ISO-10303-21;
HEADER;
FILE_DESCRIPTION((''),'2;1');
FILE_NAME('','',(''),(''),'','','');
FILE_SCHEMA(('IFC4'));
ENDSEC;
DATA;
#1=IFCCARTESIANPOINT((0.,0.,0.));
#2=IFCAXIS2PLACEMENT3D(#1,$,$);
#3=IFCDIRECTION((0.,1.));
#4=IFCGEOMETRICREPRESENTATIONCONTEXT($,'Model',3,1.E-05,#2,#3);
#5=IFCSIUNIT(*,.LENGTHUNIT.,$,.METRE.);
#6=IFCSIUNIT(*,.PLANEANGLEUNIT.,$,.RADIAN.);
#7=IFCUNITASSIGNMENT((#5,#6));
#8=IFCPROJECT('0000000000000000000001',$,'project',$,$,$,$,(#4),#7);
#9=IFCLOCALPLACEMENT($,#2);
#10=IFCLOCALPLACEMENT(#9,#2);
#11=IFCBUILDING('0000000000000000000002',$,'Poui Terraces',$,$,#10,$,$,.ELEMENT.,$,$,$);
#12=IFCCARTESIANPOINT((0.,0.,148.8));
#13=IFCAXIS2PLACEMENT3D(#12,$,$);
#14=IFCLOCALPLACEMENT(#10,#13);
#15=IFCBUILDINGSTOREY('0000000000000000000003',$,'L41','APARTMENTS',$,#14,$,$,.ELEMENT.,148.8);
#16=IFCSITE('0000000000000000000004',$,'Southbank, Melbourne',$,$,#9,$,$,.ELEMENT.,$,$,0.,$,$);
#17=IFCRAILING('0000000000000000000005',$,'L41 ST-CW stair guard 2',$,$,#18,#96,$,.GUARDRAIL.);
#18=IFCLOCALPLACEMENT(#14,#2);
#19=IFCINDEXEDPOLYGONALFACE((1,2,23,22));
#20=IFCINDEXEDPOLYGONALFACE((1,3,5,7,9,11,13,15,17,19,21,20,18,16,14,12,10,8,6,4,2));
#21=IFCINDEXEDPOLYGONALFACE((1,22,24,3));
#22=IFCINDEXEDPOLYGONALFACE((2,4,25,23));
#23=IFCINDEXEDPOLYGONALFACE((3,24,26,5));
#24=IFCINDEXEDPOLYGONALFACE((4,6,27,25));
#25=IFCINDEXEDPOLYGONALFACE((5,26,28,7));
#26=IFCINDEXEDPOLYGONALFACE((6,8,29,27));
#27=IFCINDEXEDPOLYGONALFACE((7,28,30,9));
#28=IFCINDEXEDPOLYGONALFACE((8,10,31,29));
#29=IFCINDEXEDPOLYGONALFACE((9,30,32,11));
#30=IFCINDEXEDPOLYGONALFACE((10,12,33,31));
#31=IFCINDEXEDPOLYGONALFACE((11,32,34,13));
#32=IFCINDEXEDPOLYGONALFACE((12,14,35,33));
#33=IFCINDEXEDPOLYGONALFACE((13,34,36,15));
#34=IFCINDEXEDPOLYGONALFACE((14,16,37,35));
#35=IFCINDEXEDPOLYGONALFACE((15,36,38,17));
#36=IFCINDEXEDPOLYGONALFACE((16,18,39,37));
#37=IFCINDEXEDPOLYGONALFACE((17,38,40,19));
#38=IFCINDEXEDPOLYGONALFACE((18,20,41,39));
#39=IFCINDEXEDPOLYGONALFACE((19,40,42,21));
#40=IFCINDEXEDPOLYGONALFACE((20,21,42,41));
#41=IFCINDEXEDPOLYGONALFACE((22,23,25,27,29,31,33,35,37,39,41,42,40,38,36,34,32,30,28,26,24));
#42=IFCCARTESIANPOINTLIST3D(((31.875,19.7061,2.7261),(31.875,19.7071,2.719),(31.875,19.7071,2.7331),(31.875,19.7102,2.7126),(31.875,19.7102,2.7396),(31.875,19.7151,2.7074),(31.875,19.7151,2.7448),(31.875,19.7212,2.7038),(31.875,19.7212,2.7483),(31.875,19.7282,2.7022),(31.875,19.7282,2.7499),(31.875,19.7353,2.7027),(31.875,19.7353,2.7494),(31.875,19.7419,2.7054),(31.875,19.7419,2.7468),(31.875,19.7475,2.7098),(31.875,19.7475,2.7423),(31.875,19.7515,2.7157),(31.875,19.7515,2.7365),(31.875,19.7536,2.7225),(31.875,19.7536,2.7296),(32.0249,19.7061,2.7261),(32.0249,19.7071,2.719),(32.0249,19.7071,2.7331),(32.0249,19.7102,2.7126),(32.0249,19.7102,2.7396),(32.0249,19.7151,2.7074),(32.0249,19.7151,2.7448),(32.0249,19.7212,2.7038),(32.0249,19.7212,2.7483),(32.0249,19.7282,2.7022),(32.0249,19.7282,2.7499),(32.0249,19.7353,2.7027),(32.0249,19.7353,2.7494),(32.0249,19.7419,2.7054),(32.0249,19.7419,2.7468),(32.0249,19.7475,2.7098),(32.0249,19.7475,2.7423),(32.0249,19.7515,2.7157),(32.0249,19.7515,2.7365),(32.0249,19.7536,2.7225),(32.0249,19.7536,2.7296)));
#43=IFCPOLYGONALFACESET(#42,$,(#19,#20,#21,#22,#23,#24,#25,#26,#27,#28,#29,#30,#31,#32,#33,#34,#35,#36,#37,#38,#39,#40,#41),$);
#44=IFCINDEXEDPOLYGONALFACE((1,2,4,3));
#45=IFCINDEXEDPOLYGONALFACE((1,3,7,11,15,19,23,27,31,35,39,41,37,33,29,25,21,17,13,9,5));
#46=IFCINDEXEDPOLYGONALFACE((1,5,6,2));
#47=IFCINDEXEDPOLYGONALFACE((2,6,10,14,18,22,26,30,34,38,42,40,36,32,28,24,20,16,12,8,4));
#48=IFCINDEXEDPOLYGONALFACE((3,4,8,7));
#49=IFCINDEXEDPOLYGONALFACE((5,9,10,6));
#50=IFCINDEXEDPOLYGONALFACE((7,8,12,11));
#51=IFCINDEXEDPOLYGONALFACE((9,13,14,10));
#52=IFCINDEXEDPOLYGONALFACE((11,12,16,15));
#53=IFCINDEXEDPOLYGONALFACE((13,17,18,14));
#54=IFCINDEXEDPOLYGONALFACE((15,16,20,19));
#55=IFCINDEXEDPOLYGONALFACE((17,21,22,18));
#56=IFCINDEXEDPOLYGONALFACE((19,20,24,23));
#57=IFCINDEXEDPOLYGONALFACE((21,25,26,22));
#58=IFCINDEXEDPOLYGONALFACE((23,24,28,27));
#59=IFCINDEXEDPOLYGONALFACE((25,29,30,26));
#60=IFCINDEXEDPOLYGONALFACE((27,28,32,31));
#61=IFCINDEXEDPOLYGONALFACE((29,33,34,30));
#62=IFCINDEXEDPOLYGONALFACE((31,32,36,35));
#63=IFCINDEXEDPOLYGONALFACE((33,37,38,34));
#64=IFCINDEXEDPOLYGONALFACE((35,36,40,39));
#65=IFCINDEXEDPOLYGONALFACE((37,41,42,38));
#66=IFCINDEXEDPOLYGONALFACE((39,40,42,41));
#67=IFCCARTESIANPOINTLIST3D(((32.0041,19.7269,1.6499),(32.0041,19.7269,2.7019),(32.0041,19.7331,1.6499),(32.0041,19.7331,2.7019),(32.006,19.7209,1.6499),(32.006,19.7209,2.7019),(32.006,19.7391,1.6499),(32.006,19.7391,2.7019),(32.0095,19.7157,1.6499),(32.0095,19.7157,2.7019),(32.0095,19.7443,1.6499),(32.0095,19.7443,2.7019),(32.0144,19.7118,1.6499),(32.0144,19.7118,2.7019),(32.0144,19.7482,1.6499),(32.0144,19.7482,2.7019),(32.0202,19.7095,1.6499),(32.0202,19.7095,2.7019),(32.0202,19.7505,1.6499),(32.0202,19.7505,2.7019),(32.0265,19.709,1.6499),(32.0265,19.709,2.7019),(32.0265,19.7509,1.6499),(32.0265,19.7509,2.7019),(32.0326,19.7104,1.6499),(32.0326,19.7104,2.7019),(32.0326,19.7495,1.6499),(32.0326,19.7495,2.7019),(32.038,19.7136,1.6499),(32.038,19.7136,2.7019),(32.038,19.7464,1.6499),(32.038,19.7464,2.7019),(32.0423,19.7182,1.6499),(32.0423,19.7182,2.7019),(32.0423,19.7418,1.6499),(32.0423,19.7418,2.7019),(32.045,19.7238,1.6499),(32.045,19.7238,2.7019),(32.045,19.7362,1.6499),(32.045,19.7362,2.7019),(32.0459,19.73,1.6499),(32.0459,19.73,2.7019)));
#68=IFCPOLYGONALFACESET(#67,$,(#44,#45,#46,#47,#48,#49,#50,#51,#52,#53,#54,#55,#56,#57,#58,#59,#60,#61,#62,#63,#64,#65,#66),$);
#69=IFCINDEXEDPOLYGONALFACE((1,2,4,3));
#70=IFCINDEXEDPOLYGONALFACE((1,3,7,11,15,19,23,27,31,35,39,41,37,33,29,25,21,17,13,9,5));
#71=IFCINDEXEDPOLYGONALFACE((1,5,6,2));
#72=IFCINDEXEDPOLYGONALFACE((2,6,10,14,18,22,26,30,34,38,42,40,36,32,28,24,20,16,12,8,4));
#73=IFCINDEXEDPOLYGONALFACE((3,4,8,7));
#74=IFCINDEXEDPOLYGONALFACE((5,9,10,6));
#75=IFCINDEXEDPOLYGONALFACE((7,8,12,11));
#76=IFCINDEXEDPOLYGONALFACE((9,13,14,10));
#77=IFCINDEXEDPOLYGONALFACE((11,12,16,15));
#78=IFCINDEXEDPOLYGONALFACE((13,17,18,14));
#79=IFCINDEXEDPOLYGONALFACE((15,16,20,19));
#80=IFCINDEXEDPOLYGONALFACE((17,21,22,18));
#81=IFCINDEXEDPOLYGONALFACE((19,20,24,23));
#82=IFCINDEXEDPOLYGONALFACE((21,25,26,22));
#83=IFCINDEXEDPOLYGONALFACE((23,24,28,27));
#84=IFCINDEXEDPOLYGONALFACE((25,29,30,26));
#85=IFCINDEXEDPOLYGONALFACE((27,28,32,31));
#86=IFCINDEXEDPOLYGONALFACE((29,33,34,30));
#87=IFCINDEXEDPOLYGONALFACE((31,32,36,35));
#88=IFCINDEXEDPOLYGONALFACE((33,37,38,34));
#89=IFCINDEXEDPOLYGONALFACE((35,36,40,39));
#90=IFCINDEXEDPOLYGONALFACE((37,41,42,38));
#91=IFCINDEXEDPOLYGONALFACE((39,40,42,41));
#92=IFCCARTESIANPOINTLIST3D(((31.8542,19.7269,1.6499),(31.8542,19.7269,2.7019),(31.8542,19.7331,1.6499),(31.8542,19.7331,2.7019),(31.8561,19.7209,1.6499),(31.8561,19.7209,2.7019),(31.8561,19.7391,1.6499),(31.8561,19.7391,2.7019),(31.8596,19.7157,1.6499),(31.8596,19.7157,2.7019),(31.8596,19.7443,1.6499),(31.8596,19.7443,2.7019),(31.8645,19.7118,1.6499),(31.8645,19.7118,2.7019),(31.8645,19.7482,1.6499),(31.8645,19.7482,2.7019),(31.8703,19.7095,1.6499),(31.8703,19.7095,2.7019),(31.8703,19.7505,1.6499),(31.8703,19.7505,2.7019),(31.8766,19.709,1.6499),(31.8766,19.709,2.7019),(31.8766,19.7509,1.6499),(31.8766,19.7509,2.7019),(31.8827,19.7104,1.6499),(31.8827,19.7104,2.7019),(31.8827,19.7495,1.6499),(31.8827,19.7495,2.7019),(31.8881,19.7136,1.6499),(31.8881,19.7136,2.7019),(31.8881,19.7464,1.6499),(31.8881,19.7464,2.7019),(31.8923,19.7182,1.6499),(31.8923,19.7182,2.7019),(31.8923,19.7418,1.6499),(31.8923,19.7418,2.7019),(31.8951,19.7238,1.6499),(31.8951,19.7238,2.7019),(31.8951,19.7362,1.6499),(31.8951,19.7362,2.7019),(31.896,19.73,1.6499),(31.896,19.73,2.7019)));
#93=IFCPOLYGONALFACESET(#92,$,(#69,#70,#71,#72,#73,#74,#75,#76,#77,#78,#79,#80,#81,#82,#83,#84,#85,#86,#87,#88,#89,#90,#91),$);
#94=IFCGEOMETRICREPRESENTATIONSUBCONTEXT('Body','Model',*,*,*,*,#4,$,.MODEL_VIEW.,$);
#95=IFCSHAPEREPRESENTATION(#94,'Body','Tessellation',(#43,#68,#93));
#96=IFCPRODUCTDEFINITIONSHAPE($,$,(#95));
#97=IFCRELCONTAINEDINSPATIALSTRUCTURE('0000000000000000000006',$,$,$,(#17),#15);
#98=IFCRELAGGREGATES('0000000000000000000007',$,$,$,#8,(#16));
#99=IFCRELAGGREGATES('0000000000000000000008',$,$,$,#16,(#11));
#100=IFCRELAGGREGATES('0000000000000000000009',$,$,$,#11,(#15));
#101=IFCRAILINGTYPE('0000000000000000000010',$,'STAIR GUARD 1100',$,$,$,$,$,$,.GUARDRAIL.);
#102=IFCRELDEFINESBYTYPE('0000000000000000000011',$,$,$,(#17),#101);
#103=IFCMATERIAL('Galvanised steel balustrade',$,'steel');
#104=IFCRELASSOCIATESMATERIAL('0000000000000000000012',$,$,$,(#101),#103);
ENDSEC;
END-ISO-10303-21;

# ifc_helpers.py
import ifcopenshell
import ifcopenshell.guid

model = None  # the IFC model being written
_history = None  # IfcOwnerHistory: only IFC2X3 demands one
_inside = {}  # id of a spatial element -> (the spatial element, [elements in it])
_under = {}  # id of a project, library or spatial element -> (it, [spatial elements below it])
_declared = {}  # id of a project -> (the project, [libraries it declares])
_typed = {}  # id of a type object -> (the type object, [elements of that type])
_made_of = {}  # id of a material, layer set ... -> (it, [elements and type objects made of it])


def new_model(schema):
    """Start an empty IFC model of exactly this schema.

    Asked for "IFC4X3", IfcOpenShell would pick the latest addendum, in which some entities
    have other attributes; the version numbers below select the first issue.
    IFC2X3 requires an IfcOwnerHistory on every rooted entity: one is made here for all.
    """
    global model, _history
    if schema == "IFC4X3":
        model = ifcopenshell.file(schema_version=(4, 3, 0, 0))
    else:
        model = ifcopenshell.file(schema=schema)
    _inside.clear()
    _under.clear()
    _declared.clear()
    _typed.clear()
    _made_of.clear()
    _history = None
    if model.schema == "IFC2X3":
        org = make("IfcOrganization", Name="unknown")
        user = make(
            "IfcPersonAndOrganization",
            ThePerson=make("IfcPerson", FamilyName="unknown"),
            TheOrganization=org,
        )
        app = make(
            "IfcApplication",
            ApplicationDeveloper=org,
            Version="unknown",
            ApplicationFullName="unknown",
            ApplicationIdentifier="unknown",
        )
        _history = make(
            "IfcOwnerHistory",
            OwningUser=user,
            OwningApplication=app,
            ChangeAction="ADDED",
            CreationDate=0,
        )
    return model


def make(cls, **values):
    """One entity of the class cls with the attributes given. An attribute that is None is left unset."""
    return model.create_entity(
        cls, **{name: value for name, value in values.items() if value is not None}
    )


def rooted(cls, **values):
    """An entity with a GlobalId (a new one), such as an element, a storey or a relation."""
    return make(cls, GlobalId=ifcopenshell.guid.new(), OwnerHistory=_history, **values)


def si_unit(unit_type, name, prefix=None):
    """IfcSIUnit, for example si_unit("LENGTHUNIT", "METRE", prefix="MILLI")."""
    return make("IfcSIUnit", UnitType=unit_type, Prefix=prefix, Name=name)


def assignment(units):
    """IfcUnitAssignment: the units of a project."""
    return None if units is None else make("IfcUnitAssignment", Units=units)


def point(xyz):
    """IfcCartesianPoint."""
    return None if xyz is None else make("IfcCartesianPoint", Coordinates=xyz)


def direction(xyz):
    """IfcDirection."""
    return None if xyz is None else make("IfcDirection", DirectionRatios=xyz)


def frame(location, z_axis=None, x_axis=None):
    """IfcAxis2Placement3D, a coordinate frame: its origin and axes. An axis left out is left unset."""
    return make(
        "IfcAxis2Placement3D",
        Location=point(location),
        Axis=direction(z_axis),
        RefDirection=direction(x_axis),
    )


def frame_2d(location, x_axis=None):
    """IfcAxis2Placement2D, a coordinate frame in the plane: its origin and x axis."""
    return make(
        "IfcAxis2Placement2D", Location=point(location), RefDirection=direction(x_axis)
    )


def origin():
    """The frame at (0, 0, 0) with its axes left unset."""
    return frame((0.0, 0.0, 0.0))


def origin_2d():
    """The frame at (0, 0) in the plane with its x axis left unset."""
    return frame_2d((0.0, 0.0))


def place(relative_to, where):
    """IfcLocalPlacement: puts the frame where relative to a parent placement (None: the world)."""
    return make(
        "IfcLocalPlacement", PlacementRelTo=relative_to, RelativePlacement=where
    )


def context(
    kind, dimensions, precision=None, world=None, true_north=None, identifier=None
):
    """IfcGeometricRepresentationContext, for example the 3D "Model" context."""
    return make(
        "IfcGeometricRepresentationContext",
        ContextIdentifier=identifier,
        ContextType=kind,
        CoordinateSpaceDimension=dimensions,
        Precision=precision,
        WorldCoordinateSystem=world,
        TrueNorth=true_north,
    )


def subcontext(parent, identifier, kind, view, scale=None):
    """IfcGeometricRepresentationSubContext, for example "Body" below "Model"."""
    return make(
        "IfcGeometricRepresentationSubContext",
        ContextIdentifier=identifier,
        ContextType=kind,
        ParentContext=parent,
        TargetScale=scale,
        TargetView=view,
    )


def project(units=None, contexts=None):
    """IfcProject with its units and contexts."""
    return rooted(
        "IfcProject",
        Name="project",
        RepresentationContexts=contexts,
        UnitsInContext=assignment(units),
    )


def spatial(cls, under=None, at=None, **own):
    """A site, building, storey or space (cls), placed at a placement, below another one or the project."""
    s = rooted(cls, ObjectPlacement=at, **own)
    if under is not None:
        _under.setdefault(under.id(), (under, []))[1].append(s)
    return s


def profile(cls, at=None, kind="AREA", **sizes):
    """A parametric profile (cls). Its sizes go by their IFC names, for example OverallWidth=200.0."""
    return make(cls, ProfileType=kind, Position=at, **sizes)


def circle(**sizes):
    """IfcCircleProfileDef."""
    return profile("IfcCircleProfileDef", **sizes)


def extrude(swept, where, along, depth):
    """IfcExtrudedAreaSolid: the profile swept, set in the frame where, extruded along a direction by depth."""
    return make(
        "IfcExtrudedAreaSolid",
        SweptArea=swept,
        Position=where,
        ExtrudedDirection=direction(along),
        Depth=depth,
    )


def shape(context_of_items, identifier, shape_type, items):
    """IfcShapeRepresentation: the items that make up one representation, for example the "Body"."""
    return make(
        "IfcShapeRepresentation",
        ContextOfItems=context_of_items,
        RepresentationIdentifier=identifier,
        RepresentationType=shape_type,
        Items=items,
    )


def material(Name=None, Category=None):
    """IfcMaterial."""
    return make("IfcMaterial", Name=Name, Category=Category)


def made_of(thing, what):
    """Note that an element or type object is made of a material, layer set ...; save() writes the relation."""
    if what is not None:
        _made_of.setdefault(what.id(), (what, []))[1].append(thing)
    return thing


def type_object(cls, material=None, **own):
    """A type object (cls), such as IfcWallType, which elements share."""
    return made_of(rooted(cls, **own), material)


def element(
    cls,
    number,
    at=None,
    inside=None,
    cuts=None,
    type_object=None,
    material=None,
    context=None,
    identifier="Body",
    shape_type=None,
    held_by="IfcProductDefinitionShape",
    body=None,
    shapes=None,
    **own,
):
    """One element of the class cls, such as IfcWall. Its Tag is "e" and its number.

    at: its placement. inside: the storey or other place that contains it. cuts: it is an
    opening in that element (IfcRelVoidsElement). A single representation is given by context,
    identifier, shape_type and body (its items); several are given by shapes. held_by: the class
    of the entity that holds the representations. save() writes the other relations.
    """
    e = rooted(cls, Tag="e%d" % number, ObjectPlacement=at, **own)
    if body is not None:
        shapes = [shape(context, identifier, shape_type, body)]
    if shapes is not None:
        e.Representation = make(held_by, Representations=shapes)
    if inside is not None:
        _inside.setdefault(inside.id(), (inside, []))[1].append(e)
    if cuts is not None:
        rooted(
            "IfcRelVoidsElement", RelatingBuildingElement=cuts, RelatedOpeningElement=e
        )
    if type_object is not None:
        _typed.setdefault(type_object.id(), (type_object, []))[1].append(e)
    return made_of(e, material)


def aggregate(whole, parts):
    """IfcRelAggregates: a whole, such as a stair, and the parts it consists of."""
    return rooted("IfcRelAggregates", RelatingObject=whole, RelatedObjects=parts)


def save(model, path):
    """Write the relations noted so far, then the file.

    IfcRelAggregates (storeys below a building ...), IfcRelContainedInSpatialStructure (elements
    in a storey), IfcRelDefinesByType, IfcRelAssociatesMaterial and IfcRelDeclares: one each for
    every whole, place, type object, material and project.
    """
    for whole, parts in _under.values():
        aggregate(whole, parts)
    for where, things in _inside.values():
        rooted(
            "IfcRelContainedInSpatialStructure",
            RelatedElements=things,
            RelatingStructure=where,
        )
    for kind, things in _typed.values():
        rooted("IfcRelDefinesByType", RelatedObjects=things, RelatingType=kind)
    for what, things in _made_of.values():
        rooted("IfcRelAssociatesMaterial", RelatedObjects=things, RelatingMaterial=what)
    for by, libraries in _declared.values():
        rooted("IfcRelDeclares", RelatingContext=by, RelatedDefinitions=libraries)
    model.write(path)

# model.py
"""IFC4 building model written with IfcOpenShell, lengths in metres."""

from ifc_helpers import new_model, si_unit, direction, frame, origin, origin_2d, place, context, subcontext, project, spatial, circle, extrude, material, type_object, element, save


model = new_model("IFC4")

# Units and contexts
model_context = context("Model", 3, precision=1e-05, world=origin(), true_north=direction((0.0, 1.0)))
body_context = subcontext(model_context, "Body", "Model", "MODEL_VIEW")
ifc_project = project(units=[si_unit("LENGTHUNIT", "METRE"), si_unit("PLANEANGLEUNIT", "RADIAN")], contexts=[model_context])

# Site, building, storey
site_placement = place(None, origin())
site = spatial("IfcSite", under=ifc_project, at=site_placement, Name="Southbank, Melbourne", CompositionType="ELEMENT", RefElevation=0.0)
building_placement = place(site_placement, origin())
building = spatial("IfcBuilding", under=site, at=building_placement, Name="Poui Terraces", CompositionType="ELEMENT")
storey_placement = place(building_placement, frame((0.0, 0.0, 148.8)))
storey = spatial("IfcBuildingStorey", under=building, at=storey_placement, Name="L41", Description="APARTMENTS", CompositionType="ELEMENT", Elevation=148.8)

# Railing
ifc_material_1 = material(Name="Galvanised steel balustrade", Category="steel")
railing_type_1 = type_object("IfcRailingType", Name="STAIR GUARD 1100", PredefinedType="GUARDRAIL", material=ifc_material_1)
railing_1_placement = place(storey_placement, frame((32.0249, 19.73, 1.6499)))
element("IfcRailing", 1, at=railing_1_placement, inside=storey, type_object=railing_type_1, Name="L41 ST-CW stair guard 2", PredefinedType="GUARDRAIL", context=body_context, shape_type="SweptSolid", body=[
    extrude(circle(Radius=0.0239, at=origin_2d()), frame((0.0, 0.0, 1.0762), z_axis=(-1.0, 0.0, 0.0), x_axis=(0.0, -1.0, 0.0)), (0.0, 0.0, 1.0), 0.1499),
    extrude(circle(Radius=0.021, at=origin_2d()), origin(), (0.0, 0.0, 1.0), 1.052),
    extrude(circle(Radius=0.021, at=origin_2d()), frame((-0.1499, 0.0, 0.0)), (0.0, 0.0, 1.0), 1.052),
])

save(model, "model.ifc")
